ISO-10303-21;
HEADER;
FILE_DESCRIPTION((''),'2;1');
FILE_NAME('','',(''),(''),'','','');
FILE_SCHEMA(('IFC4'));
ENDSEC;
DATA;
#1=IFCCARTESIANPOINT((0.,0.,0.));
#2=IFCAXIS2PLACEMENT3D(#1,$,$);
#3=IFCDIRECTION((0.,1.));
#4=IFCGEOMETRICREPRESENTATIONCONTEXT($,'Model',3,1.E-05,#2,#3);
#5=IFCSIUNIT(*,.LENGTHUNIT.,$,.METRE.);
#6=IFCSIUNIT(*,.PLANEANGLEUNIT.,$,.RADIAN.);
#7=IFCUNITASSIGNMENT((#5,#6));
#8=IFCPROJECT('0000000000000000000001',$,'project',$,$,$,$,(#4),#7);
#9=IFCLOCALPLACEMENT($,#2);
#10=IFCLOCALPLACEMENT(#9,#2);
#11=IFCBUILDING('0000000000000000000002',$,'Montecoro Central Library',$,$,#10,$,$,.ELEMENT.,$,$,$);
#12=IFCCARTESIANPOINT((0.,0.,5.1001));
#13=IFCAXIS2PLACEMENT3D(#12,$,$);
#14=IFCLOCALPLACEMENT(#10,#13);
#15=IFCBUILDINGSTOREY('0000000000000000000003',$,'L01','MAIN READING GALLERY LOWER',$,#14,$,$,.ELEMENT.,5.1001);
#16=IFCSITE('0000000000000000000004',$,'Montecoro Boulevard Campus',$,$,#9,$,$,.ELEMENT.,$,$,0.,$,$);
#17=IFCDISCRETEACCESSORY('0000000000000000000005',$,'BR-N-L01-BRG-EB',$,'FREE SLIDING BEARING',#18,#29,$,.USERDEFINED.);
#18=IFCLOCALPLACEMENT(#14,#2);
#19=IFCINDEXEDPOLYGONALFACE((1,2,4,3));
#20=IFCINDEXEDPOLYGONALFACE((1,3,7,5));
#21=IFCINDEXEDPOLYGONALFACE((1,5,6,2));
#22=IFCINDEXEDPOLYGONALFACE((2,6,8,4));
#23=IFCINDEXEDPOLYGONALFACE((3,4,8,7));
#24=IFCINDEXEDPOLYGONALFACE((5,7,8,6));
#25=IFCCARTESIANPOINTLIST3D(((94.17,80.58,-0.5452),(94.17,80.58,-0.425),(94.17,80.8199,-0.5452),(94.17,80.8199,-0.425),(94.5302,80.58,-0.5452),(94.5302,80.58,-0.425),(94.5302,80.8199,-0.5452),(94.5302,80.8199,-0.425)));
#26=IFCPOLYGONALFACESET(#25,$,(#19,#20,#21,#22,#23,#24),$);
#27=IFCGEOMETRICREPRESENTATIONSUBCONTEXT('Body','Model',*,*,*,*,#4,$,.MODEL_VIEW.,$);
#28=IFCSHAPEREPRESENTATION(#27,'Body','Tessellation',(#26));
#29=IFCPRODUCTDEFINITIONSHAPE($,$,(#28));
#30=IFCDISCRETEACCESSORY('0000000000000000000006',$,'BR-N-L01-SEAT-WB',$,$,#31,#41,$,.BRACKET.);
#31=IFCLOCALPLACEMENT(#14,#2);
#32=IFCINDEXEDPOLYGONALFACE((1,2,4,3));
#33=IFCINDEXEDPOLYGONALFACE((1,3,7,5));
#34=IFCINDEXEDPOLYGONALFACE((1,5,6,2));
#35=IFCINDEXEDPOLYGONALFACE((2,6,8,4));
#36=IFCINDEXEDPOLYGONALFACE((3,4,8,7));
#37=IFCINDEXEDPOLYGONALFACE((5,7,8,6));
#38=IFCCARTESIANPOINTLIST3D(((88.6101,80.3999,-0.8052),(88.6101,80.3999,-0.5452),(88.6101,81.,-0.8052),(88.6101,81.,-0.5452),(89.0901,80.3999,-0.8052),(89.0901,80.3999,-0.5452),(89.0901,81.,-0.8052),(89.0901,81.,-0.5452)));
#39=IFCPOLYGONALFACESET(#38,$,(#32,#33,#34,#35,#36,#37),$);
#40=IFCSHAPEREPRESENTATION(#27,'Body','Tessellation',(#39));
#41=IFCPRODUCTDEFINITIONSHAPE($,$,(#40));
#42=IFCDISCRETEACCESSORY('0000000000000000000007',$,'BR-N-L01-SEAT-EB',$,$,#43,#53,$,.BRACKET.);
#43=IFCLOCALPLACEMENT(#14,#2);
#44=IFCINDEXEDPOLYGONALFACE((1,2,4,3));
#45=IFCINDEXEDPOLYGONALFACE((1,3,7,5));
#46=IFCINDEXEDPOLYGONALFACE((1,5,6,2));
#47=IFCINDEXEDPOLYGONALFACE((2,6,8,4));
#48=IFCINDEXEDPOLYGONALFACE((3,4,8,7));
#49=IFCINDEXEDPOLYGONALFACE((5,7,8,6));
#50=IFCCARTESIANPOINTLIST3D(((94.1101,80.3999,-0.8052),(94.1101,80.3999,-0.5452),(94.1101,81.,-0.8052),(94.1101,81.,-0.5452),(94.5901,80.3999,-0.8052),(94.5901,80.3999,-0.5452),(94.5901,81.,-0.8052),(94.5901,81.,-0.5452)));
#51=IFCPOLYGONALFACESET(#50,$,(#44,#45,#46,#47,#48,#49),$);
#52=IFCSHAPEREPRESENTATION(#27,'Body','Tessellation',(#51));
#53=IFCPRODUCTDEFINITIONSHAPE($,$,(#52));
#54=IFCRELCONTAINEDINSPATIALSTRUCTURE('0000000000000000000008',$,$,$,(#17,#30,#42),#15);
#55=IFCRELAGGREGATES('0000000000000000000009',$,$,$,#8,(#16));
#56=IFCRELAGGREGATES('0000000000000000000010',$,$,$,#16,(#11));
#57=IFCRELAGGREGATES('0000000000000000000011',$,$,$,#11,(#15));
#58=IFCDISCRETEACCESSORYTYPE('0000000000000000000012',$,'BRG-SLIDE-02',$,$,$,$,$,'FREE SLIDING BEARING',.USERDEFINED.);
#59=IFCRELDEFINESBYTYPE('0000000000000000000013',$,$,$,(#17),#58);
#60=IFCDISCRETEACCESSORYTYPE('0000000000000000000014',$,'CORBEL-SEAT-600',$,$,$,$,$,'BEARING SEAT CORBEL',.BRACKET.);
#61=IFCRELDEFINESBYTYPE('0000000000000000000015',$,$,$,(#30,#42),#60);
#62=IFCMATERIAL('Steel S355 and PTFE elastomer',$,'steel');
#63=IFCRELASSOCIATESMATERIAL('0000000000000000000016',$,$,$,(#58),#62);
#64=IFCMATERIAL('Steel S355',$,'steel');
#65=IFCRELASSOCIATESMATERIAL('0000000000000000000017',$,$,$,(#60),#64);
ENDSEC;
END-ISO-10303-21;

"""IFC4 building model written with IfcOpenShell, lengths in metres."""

from ifc_helpers import new_model, si_unit, direction, frame, origin, origin_2d, place, context, subcontext, project, spatial, rectangle, extrude, material, type_object, element, save


model = new_model("IFC4")

# Units and contexts
model_context = context("Model", 3, precision=1e-05, world=origin(), true_north=direction((0.0, 1.0)))
body_context = subcontext(model_context, "Body", "Model", "MODEL_VIEW")
ifc_project = project(units=[si_unit("LENGTHUNIT", "METRE"), si_unit("PLANEANGLEUNIT", "RADIAN")], contexts=[model_context])

# Site, building, storey
site_placement = place(None, origin())
site = spatial("IfcSite", under=ifc_project, at=site_placement, Name="Montecoro Boulevard Campus", CompositionType="ELEMENT", RefElevation=0.0)
building_placement = place(site_placement, origin())
building = spatial("IfcBuilding", under=site, at=building_placement, Name="Montecoro Central Library", CompositionType="ELEMENT")
storey_placement = place(building_placement, frame((0.0, 0.0, 5.1001)))
storey = spatial("IfcBuildingStorey", under=building, at=storey_placement, Name="L01", Description="MAIN READING GALLERY LOWER", CompositionType="ELEMENT", Elevation=5.1001)

# Shared definitions
ifc_material_1 = material(Name="Steel S355", Category="steel")

# Discrete accessories
ifc_material_2 = material(Name="Steel S355 and PTFE elastomer", Category="steel")
discrete_accessory_type_1 = type_object("IfcDiscreteAccessoryType", Name="BRG-SLIDE-02", ElementType="FREE SLIDING BEARING", PredefinedType="USERDEFINED", material=ifc_material_2)
for number, where, z_axis, x_axis, name in (
    (1, (94.3501, 80.7, -0.5452), (0.0, 0.0, 1.0), (1.0, 0.0, 0.0), "BR-N-L01-BRG-EB"),
):
    element("IfcDiscreteAccessory", number, at=place(storey_placement, frame(where, z_axis=z_axis, x_axis=x_axis)), inside=storey, type_object=discrete_accessory_type_1, Name=name, ObjectType="FREE SLIDING BEARING", PredefinedType="USERDEFINED", context=body_context, shape_type="SweptSolid", body=[
        extrude(rectangle(XDim=0.3601, YDim=0.24, at=origin_2d()), origin(), (0.0, 0.0, 1.0), 0.1201),
    ])
discrete_accessory_type_2 = type_object("IfcDiscreteAccessoryType", Name="CORBEL-SEAT-600", ElementType="BEARING SEAT CORBEL", PredefinedType="BRACKET", material=ifc_material_1)
for number, where, z_axis, x_axis, name in (
    (2, (88.8501, 80.7, -0.8052), (0.0, 0.0, 1.0), (1.0, 0.0, 0.0), "BR-N-L01-SEAT-WB"),
    (3, (94.3501, 80.7, -0.8052), (0.0, 0.0, 1.0), (1.0, 0.0, 0.0), "BR-N-L01-SEAT-EB"),
):
    element("IfcDiscreteAccessory", number, at=place(storey_placement, frame(where, z_axis=z_axis, x_axis=x_axis)), inside=storey, type_object=discrete_accessory_type_2, Name=name, PredefinedType="BRACKET", context=body_context, shape_type="SweptSolid", body=[
        extrude(rectangle(XDim=0.48, YDim=0.6001, at=origin_2d()), origin(), (0.0, 0.0, 1.0), 0.26),
    ])

save(model, "model.ifc")
